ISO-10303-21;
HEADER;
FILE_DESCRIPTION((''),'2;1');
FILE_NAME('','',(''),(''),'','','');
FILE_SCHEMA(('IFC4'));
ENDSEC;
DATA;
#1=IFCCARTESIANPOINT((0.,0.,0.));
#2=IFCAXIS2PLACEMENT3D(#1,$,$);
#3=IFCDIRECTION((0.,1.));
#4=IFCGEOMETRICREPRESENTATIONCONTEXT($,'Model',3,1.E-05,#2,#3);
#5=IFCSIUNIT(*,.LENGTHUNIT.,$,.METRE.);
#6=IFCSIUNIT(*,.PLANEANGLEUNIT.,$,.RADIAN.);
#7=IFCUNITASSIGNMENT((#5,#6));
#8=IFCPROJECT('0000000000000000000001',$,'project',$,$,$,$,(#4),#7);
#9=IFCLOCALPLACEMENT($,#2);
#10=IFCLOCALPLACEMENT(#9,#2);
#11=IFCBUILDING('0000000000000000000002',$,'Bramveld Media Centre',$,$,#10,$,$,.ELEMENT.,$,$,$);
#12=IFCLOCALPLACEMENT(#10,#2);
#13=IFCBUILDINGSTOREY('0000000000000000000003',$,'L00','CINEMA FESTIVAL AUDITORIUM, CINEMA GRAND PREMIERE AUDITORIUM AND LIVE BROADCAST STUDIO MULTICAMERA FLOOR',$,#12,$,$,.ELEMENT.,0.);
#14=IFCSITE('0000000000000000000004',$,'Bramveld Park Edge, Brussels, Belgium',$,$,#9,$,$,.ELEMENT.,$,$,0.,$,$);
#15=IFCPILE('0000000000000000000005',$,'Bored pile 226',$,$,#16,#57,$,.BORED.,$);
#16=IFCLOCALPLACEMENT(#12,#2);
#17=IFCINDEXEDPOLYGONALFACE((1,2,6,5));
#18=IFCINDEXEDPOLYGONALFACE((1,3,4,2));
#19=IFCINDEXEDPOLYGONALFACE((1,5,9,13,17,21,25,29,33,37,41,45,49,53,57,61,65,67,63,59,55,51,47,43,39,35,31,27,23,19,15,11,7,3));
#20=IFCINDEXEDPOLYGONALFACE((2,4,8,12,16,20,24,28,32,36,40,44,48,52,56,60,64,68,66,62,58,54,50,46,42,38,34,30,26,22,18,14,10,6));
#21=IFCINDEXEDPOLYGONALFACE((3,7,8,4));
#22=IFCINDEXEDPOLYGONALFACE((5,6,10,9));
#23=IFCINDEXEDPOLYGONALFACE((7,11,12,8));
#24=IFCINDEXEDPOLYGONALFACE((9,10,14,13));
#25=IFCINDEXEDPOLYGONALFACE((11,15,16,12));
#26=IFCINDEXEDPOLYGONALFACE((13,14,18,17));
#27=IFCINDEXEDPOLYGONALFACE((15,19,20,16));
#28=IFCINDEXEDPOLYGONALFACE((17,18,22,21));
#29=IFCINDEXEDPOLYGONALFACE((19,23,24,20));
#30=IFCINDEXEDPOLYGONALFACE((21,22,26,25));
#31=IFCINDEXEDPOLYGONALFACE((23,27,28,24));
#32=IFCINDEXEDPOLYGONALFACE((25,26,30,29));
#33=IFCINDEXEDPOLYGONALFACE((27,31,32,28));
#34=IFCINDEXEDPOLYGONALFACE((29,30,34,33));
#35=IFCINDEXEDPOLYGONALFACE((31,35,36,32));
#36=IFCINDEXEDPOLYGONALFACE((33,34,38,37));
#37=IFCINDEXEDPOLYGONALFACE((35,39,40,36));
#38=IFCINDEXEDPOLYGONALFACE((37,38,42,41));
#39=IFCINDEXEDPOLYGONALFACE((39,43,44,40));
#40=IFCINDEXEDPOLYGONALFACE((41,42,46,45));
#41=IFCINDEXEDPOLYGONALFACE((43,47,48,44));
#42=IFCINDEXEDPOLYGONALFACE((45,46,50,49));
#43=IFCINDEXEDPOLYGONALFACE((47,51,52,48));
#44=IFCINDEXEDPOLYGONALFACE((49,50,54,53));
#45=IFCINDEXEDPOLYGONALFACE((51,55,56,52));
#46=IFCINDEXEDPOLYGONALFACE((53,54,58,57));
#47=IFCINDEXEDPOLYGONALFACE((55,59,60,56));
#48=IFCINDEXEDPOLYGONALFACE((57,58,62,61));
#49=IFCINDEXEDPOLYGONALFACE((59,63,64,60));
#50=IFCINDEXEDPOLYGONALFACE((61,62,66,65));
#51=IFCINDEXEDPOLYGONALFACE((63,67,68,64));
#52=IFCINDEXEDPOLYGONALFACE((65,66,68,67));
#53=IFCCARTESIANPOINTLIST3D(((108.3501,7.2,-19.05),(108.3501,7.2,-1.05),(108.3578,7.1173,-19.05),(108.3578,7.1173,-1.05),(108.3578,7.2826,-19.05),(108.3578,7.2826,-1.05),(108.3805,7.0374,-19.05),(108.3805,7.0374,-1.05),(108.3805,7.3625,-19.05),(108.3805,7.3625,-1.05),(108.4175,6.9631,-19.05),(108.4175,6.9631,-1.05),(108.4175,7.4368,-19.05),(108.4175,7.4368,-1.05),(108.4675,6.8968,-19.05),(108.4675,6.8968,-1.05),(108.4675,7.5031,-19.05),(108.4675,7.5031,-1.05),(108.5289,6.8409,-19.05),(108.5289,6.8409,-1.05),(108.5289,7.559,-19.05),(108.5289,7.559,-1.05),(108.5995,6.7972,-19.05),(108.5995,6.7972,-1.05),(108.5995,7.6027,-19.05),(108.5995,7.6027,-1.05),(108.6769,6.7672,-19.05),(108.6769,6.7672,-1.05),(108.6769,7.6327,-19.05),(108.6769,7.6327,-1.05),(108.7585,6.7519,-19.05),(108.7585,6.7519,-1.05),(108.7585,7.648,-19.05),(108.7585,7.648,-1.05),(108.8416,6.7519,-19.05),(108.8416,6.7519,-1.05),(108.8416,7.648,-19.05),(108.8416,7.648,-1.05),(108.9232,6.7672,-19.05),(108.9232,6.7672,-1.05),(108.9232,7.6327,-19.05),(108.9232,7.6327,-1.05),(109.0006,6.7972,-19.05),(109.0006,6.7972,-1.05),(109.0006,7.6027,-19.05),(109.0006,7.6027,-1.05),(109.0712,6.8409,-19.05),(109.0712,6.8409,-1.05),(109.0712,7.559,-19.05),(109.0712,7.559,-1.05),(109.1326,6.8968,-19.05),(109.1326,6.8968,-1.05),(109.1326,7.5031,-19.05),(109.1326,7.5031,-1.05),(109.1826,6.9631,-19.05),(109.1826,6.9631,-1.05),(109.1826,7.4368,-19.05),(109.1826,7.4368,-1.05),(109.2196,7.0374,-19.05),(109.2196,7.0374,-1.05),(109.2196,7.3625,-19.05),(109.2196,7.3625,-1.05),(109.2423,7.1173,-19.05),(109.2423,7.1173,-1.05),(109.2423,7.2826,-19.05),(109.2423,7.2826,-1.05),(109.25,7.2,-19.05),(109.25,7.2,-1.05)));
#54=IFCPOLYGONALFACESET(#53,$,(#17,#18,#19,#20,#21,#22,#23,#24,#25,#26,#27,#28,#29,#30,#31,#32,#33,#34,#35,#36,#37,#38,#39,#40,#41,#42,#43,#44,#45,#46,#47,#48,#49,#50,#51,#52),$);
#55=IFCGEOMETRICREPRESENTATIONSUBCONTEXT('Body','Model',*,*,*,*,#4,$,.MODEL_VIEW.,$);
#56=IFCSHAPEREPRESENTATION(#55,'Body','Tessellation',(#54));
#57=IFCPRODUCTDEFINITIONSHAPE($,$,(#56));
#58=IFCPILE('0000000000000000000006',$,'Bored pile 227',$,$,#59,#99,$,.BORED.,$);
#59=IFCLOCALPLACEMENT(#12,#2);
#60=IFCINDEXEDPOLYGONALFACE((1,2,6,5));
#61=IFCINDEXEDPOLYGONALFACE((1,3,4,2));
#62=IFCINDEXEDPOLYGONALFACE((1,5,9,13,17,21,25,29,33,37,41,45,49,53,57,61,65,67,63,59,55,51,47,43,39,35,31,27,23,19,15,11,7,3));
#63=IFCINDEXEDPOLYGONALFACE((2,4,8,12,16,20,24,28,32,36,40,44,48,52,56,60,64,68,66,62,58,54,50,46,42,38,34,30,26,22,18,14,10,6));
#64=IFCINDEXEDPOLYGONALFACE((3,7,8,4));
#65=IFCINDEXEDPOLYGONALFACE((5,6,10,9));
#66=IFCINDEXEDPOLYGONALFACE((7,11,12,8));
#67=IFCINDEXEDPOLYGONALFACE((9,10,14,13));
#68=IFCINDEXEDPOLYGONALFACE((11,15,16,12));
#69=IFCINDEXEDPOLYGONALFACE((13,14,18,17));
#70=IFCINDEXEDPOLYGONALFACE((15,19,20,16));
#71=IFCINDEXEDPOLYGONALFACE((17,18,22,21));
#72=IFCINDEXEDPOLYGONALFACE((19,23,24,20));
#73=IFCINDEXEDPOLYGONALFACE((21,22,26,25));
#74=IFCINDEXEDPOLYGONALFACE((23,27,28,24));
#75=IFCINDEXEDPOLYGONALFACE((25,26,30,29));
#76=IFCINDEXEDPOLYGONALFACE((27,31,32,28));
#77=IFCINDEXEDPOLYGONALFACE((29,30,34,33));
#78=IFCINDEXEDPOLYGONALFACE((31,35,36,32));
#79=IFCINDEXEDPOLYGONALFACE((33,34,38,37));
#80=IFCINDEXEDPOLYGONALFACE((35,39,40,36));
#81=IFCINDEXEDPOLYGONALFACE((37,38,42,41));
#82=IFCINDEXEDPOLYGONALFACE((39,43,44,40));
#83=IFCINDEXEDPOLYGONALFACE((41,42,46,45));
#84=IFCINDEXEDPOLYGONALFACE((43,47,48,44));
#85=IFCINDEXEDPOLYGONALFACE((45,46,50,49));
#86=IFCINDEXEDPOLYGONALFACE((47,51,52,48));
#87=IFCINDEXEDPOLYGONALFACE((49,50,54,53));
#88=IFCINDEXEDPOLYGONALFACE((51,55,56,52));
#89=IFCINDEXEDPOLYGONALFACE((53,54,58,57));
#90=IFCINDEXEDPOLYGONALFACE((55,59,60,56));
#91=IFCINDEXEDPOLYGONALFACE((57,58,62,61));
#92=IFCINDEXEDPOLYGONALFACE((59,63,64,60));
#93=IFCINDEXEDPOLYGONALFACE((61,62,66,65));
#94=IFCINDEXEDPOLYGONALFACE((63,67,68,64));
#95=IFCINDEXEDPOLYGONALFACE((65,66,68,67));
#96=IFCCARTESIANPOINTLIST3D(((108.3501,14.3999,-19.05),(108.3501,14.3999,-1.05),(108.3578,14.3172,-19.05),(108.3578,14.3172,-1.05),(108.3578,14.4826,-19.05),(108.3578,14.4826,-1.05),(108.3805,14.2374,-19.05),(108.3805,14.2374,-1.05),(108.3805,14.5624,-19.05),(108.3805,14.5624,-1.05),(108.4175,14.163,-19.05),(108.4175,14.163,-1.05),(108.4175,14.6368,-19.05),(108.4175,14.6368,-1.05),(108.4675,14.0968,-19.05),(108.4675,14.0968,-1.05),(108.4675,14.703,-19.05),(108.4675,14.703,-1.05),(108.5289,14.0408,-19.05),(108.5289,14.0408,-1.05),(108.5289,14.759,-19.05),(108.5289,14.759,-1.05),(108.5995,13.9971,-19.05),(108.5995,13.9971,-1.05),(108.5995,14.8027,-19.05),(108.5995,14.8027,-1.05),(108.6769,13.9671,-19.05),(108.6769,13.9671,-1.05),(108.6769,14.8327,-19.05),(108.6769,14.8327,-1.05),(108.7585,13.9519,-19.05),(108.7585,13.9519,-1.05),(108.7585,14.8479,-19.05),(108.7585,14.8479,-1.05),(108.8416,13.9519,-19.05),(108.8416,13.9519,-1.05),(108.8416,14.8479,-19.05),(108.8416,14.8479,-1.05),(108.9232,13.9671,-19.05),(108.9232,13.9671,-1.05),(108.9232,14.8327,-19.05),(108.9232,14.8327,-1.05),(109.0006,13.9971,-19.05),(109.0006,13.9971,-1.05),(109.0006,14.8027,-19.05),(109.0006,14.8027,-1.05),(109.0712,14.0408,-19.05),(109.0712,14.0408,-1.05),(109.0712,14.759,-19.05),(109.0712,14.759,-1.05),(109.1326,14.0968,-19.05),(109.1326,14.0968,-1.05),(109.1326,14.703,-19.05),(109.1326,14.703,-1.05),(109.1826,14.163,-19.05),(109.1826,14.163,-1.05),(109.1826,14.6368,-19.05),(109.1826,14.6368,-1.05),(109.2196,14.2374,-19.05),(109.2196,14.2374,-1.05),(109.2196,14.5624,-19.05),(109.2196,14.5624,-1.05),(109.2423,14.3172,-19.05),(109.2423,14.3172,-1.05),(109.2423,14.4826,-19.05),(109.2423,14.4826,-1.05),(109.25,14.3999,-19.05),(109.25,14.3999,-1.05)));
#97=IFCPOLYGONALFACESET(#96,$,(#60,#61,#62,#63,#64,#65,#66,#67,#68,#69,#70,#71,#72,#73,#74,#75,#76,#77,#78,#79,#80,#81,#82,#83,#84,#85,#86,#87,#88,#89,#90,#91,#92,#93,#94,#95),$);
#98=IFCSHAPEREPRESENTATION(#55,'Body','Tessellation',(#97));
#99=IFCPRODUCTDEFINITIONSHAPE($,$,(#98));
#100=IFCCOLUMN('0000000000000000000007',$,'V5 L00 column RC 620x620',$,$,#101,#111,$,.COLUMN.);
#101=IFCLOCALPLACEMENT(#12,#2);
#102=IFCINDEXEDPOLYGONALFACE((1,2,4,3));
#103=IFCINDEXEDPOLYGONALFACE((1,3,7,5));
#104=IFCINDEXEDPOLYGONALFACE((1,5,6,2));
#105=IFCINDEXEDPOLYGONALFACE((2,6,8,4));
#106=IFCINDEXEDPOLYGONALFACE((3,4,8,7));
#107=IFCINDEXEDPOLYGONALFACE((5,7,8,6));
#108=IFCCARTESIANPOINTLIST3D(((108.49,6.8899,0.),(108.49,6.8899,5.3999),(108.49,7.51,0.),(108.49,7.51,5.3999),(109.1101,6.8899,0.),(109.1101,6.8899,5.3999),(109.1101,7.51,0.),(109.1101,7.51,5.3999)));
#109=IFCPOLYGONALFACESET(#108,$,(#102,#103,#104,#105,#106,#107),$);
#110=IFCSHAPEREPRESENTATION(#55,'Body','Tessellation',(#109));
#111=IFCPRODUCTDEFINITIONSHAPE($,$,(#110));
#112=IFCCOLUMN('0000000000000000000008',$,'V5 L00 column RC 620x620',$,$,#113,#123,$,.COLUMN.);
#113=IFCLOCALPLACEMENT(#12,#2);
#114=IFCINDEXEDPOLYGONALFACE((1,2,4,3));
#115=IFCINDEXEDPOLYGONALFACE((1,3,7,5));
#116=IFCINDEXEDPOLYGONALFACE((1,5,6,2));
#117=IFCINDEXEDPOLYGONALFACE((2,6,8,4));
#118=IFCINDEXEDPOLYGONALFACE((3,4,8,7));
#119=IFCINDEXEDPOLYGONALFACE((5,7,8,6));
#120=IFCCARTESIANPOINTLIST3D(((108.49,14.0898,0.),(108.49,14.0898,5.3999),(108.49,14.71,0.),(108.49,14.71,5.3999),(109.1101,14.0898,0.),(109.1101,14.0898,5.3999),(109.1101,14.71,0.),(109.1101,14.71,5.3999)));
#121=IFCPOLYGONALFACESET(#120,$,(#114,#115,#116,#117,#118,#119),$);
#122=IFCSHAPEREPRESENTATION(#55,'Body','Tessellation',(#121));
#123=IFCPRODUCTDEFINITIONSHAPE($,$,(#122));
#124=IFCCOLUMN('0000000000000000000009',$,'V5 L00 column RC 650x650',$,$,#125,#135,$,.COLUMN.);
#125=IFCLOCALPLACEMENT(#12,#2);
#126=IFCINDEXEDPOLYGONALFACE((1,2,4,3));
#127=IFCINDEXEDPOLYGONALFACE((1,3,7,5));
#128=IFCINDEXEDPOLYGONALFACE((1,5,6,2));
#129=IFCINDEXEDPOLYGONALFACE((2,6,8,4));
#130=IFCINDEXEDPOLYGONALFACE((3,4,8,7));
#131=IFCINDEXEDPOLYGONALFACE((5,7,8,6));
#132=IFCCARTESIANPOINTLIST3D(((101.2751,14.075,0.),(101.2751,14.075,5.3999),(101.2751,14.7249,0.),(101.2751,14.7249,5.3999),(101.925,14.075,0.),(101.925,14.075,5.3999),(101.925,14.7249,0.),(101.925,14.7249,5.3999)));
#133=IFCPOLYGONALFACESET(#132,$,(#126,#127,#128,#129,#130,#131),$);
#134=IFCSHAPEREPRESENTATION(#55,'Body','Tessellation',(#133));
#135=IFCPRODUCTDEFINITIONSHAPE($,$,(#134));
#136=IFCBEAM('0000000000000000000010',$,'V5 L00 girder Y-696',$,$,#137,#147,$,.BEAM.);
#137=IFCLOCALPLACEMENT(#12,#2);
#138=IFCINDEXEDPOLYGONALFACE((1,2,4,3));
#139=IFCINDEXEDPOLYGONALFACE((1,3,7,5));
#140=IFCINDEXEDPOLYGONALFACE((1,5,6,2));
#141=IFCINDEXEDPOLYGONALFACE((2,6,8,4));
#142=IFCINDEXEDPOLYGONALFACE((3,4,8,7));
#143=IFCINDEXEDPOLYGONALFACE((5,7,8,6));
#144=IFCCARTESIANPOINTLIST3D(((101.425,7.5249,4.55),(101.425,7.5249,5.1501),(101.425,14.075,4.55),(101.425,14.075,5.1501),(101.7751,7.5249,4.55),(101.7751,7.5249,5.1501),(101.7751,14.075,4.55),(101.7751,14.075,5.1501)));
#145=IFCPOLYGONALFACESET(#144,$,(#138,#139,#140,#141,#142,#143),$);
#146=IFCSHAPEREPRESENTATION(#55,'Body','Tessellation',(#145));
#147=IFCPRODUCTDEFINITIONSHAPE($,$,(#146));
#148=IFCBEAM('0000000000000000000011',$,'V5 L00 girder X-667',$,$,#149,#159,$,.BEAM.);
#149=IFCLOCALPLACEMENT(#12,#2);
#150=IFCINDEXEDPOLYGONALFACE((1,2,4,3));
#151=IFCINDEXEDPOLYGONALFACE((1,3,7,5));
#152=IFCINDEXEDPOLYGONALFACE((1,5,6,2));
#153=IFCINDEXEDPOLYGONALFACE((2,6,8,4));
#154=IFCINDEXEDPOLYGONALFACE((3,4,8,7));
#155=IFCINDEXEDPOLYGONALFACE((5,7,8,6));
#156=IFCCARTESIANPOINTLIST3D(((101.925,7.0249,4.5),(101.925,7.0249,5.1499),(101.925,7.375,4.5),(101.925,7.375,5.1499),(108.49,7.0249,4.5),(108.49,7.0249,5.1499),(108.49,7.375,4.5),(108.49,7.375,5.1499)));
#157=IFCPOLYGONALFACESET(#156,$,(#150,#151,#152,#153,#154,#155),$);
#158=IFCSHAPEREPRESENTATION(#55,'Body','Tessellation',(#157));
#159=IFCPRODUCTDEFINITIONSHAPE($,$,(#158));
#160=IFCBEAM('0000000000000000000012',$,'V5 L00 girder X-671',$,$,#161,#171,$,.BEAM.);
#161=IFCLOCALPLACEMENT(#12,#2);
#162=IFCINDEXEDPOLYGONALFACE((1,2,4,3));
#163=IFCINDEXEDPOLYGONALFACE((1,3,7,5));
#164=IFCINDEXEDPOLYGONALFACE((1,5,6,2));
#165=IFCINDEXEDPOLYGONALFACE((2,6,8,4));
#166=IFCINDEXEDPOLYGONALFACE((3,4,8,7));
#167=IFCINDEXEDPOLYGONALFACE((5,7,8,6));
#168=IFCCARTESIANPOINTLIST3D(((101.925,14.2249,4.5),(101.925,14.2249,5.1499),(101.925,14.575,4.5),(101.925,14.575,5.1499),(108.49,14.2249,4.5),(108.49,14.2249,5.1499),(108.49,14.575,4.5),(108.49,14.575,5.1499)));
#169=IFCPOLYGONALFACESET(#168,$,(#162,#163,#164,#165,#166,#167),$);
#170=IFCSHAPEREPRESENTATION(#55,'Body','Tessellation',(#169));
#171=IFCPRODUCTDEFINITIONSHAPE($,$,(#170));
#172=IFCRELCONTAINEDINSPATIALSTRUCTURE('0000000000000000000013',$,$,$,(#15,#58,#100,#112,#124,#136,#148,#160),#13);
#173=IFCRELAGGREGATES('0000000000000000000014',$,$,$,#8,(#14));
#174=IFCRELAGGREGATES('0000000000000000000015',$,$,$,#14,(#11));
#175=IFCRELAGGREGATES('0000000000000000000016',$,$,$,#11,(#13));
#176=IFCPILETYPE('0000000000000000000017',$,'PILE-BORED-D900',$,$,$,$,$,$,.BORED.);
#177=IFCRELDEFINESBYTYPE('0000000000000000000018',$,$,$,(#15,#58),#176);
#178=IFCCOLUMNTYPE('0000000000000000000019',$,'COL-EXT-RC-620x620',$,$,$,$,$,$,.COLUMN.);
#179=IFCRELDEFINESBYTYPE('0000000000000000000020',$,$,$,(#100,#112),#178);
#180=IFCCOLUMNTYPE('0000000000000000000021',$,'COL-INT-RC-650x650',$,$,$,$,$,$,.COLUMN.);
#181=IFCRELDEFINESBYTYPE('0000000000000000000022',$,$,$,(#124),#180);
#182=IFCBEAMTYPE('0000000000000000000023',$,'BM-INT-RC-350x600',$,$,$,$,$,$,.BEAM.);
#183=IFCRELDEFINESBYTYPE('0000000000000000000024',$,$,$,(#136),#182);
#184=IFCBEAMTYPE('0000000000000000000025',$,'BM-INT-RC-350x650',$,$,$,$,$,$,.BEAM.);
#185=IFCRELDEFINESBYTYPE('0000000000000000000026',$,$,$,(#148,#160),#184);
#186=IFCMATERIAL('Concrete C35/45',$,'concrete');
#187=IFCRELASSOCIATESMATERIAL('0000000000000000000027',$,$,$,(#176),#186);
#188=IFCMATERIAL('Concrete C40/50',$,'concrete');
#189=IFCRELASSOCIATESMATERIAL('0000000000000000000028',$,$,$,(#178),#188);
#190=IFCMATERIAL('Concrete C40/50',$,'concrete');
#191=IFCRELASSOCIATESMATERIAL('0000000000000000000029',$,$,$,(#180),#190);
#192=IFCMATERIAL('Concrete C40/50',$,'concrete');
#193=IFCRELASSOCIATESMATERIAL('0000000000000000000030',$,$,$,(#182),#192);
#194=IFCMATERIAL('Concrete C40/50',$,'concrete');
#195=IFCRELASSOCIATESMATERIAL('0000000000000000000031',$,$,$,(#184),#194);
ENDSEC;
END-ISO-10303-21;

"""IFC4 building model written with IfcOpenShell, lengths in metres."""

from ifc_helpers import new_model, si_unit, direction, frame, origin, origin_2d, place, context, subcontext, project, spatial, rectangle, circle, extrude, material, material_profile, profile_set, type_object, element, save


model = new_model("IFC4")

# Units and contexts
model_context = context("Model", 3, precision=1e-05, world=origin(), true_north=direction((0.0, 1.0)))
body_context = subcontext(model_context, "Body", "Model", "MODEL_VIEW")
ifc_project = project(units=[si_unit("LENGTHUNIT", "METRE"), si_unit("PLANEANGLEUNIT", "RADIAN")], contexts=[model_context])

# Site, building, storey
site_placement = place(None, origin())
site = spatial("IfcSite", under=ifc_project, at=site_placement, Name="Bramveld Park Edge, Brussels, Belgium", CompositionType="ELEMENT", RefElevation=0.0)
building_placement = place(site_placement, origin())
building = spatial("IfcBuilding", under=site, at=building_placement, Name="Bramveld Media Centre", CompositionType="ELEMENT")
storey_placement = place(building_placement, origin())
storey = spatial("IfcBuildingStorey", under=building, at=storey_placement, Name="L00", Description="CINEMA FESTIVAL AUDITORIUM, CINEMA GRAND PREMIERE AUDITORIUM AND LIVE BROADCAST STUDIO MULTICAMERA FLOOR", CompositionType="ELEMENT", Elevation=0.0)

# Piles
ifc_material_1 = material(Name="Concrete C35/45", Category="concrete")
ifc_material_profile_1 = material_profile(ifc_material_1, circle(Radius=0.45, at=origin_2d()), Name="BORED D900")
ifc_profile_set_1 = profile_set([ifc_material_profile_1], Name="Concrete C35/45")
pile_type = type_object("IfcPileType", Name="PILE-BORED-D900", PredefinedType="BORED", material=ifc_profile_set_1)
for number, where, z_axis, x_axis, name in (
    (1, (108.8, 7.2, -1.05), (0.0, 0.0, -1.0), (1.0, 0.0, 0.0), "Bored pile 226"),
    (2, (108.8, 14.3999, -1.05), (0.0, 0.0, -1.0), (1.0, 0.0, 0.0), "Bored pile 227"),
):
    element("IfcPile", number, at=place(storey_placement, frame(where, z_axis=z_axis, x_axis=x_axis)), inside=storey, type_object=pile_type, Name=name, PredefinedType="BORED", context=body_context, shape_type="SweptSolid", body=[
        extrude(circle(Radius=0.45, at=origin_2d()), origin(), (0.0, 0.0, 1.0), 18.0),
    ])

# Columns
ifc_material_2 = material(Name="Concrete C40/50", Category="concrete")
ifc_material_profile_2 = material_profile(ifc_material_2, rectangle(XDim=0.6201, YDim=0.6201, at=origin_2d()), Name="RC 620x620")
ifc_profile_set_2 = profile_set([ifc_material_profile_2], Name="Concrete C40/50")
column_type_1 = type_object("IfcColumnType", Name="COL-EXT-RC-620x620", PredefinedType="COLUMN", material=ifc_profile_set_2)
for number, where, z_axis, x_axis, name in (
    (3, (108.8, 7.2, 0.0), (0.0, 0.0, 1.0), (1.0, 0.0, 0.0), "V5 L00 column RC 620x620"),
    (4, (108.8, 14.3999, 0.0), (0.0, 0.0, 1.0), (1.0, 0.0, 0.0), "V5 L00 column RC 620x620"),
):
    element("IfcColumn", number, at=place(storey_placement, frame(where, z_axis=z_axis, x_axis=x_axis)), inside=storey, type_object=column_type_1, Name=name, PredefinedType="COLUMN", context=body_context, shape_type="SweptSolid", body=[
        extrude(rectangle(XDim=0.6201, YDim=0.6201, at=origin_2d()), origin(), (0.0, 0.0, 1.0), 5.3999),
    ])
ifc_material_3 = material(Name="Concrete C40/50", Category="concrete")
ifc_material_profile_3 = material_profile(ifc_material_3, rectangle(XDim=0.6499, YDim=0.6499, at=origin_2d()), Name="RC 650x650")
ifc_profile_set_3 = profile_set([ifc_material_profile_3], Name="Concrete C40/50")
column_type_2 = type_object("IfcColumnType", Name="COL-INT-RC-650x650", PredefinedType="COLUMN", material=ifc_profile_set_3)
column_placement = place(storey_placement, frame((101.6001, 14.3999, 0.0), z_axis=(0.0, 0.0, 1.0), x_axis=(1.0, 0.0, 0.0)))
element("IfcColumn", 5, at=column_placement, inside=storey, type_object=column_type_2, Name="V5 L00 column RC 650x650", PredefinedType="COLUMN", context=body_context, shape_type="SweptSolid", body=[
    extrude(rectangle(XDim=0.6499, YDim=0.6499, at=origin_2d()), origin(), (0.0, 0.0, 1.0), 5.3999),
])

# Beams
ifc_material_4 = material(Name="Concrete C40/50", Category="concrete")
ifc_material_profile_4 = material_profile(ifc_material_4, rectangle(XDim=0.3501, YDim=0.6001, at=origin_2d()), Name="RC 350x600")
ifc_profile_set_4 = profile_set([ifc_material_profile_4], Name="Concrete C40/50")
beam_type_1 = type_object("IfcBeamType", Name="BM-INT-RC-350x600", PredefinedType="BEAM", material=ifc_profile_set_4)
beam_1_placement = place(storey_placement, frame((101.6001, 7.5249, 4.8501), z_axis=(0.0, 1.0, 0.0), x_axis=(-1.0, 0.0, 0.0)))
element("IfcBeam", 6, at=beam_1_placement, inside=storey, type_object=beam_type_1, Name="V5 L00 girder Y-696", PredefinedType="BEAM", context=body_context, shape_type="SweptSolid", body=[
    extrude(rectangle(XDim=0.3501, YDim=0.6001, at=origin_2d()), origin(), (0.0, 0.0, 1.0), 6.55),
])
ifc_material_5 = material(Name="Concrete C40/50", Category="concrete")
ifc_material_profile_5 = material_profile(ifc_material_5, rectangle(XDim=0.3501, YDim=0.6499, at=origin_2d()), Name="RC 350x650")
ifc_profile_set_5 = profile_set([ifc_material_profile_5], Name="Concrete C40/50")
beam_type_2 = type_object("IfcBeamType", Name="BM-INT-RC-350x650", PredefinedType="BEAM", material=ifc_profile_set_5)
for number, where, z_axis, x_axis, name in (
    (7, (101.925, 7.2, 4.825), (1.0, 0.0, 0.0), (0.0, 1.0, 0.0), "V5 L00 girder X-667"),
    (8, (101.925, 14.3999, 4.825), (1.0, 0.0, 0.0), (0.0, 1.0, 0.0), "V5 L00 girder X-671"),
):
    element("IfcBeam", number, at=place(storey_placement, frame(where, z_axis=z_axis, x_axis=x_axis)), inside=storey, type_object=beam_type_2, Name=name, PredefinedType="BEAM", context=body_context, shape_type="SweptSolid", body=[
        extrude(rectangle(XDim=0.3501, YDim=0.6499, at=origin_2d()), origin(), (0.0, 0.0, 1.0), 6.5649),
    ])

save(model, "model.ifc")
